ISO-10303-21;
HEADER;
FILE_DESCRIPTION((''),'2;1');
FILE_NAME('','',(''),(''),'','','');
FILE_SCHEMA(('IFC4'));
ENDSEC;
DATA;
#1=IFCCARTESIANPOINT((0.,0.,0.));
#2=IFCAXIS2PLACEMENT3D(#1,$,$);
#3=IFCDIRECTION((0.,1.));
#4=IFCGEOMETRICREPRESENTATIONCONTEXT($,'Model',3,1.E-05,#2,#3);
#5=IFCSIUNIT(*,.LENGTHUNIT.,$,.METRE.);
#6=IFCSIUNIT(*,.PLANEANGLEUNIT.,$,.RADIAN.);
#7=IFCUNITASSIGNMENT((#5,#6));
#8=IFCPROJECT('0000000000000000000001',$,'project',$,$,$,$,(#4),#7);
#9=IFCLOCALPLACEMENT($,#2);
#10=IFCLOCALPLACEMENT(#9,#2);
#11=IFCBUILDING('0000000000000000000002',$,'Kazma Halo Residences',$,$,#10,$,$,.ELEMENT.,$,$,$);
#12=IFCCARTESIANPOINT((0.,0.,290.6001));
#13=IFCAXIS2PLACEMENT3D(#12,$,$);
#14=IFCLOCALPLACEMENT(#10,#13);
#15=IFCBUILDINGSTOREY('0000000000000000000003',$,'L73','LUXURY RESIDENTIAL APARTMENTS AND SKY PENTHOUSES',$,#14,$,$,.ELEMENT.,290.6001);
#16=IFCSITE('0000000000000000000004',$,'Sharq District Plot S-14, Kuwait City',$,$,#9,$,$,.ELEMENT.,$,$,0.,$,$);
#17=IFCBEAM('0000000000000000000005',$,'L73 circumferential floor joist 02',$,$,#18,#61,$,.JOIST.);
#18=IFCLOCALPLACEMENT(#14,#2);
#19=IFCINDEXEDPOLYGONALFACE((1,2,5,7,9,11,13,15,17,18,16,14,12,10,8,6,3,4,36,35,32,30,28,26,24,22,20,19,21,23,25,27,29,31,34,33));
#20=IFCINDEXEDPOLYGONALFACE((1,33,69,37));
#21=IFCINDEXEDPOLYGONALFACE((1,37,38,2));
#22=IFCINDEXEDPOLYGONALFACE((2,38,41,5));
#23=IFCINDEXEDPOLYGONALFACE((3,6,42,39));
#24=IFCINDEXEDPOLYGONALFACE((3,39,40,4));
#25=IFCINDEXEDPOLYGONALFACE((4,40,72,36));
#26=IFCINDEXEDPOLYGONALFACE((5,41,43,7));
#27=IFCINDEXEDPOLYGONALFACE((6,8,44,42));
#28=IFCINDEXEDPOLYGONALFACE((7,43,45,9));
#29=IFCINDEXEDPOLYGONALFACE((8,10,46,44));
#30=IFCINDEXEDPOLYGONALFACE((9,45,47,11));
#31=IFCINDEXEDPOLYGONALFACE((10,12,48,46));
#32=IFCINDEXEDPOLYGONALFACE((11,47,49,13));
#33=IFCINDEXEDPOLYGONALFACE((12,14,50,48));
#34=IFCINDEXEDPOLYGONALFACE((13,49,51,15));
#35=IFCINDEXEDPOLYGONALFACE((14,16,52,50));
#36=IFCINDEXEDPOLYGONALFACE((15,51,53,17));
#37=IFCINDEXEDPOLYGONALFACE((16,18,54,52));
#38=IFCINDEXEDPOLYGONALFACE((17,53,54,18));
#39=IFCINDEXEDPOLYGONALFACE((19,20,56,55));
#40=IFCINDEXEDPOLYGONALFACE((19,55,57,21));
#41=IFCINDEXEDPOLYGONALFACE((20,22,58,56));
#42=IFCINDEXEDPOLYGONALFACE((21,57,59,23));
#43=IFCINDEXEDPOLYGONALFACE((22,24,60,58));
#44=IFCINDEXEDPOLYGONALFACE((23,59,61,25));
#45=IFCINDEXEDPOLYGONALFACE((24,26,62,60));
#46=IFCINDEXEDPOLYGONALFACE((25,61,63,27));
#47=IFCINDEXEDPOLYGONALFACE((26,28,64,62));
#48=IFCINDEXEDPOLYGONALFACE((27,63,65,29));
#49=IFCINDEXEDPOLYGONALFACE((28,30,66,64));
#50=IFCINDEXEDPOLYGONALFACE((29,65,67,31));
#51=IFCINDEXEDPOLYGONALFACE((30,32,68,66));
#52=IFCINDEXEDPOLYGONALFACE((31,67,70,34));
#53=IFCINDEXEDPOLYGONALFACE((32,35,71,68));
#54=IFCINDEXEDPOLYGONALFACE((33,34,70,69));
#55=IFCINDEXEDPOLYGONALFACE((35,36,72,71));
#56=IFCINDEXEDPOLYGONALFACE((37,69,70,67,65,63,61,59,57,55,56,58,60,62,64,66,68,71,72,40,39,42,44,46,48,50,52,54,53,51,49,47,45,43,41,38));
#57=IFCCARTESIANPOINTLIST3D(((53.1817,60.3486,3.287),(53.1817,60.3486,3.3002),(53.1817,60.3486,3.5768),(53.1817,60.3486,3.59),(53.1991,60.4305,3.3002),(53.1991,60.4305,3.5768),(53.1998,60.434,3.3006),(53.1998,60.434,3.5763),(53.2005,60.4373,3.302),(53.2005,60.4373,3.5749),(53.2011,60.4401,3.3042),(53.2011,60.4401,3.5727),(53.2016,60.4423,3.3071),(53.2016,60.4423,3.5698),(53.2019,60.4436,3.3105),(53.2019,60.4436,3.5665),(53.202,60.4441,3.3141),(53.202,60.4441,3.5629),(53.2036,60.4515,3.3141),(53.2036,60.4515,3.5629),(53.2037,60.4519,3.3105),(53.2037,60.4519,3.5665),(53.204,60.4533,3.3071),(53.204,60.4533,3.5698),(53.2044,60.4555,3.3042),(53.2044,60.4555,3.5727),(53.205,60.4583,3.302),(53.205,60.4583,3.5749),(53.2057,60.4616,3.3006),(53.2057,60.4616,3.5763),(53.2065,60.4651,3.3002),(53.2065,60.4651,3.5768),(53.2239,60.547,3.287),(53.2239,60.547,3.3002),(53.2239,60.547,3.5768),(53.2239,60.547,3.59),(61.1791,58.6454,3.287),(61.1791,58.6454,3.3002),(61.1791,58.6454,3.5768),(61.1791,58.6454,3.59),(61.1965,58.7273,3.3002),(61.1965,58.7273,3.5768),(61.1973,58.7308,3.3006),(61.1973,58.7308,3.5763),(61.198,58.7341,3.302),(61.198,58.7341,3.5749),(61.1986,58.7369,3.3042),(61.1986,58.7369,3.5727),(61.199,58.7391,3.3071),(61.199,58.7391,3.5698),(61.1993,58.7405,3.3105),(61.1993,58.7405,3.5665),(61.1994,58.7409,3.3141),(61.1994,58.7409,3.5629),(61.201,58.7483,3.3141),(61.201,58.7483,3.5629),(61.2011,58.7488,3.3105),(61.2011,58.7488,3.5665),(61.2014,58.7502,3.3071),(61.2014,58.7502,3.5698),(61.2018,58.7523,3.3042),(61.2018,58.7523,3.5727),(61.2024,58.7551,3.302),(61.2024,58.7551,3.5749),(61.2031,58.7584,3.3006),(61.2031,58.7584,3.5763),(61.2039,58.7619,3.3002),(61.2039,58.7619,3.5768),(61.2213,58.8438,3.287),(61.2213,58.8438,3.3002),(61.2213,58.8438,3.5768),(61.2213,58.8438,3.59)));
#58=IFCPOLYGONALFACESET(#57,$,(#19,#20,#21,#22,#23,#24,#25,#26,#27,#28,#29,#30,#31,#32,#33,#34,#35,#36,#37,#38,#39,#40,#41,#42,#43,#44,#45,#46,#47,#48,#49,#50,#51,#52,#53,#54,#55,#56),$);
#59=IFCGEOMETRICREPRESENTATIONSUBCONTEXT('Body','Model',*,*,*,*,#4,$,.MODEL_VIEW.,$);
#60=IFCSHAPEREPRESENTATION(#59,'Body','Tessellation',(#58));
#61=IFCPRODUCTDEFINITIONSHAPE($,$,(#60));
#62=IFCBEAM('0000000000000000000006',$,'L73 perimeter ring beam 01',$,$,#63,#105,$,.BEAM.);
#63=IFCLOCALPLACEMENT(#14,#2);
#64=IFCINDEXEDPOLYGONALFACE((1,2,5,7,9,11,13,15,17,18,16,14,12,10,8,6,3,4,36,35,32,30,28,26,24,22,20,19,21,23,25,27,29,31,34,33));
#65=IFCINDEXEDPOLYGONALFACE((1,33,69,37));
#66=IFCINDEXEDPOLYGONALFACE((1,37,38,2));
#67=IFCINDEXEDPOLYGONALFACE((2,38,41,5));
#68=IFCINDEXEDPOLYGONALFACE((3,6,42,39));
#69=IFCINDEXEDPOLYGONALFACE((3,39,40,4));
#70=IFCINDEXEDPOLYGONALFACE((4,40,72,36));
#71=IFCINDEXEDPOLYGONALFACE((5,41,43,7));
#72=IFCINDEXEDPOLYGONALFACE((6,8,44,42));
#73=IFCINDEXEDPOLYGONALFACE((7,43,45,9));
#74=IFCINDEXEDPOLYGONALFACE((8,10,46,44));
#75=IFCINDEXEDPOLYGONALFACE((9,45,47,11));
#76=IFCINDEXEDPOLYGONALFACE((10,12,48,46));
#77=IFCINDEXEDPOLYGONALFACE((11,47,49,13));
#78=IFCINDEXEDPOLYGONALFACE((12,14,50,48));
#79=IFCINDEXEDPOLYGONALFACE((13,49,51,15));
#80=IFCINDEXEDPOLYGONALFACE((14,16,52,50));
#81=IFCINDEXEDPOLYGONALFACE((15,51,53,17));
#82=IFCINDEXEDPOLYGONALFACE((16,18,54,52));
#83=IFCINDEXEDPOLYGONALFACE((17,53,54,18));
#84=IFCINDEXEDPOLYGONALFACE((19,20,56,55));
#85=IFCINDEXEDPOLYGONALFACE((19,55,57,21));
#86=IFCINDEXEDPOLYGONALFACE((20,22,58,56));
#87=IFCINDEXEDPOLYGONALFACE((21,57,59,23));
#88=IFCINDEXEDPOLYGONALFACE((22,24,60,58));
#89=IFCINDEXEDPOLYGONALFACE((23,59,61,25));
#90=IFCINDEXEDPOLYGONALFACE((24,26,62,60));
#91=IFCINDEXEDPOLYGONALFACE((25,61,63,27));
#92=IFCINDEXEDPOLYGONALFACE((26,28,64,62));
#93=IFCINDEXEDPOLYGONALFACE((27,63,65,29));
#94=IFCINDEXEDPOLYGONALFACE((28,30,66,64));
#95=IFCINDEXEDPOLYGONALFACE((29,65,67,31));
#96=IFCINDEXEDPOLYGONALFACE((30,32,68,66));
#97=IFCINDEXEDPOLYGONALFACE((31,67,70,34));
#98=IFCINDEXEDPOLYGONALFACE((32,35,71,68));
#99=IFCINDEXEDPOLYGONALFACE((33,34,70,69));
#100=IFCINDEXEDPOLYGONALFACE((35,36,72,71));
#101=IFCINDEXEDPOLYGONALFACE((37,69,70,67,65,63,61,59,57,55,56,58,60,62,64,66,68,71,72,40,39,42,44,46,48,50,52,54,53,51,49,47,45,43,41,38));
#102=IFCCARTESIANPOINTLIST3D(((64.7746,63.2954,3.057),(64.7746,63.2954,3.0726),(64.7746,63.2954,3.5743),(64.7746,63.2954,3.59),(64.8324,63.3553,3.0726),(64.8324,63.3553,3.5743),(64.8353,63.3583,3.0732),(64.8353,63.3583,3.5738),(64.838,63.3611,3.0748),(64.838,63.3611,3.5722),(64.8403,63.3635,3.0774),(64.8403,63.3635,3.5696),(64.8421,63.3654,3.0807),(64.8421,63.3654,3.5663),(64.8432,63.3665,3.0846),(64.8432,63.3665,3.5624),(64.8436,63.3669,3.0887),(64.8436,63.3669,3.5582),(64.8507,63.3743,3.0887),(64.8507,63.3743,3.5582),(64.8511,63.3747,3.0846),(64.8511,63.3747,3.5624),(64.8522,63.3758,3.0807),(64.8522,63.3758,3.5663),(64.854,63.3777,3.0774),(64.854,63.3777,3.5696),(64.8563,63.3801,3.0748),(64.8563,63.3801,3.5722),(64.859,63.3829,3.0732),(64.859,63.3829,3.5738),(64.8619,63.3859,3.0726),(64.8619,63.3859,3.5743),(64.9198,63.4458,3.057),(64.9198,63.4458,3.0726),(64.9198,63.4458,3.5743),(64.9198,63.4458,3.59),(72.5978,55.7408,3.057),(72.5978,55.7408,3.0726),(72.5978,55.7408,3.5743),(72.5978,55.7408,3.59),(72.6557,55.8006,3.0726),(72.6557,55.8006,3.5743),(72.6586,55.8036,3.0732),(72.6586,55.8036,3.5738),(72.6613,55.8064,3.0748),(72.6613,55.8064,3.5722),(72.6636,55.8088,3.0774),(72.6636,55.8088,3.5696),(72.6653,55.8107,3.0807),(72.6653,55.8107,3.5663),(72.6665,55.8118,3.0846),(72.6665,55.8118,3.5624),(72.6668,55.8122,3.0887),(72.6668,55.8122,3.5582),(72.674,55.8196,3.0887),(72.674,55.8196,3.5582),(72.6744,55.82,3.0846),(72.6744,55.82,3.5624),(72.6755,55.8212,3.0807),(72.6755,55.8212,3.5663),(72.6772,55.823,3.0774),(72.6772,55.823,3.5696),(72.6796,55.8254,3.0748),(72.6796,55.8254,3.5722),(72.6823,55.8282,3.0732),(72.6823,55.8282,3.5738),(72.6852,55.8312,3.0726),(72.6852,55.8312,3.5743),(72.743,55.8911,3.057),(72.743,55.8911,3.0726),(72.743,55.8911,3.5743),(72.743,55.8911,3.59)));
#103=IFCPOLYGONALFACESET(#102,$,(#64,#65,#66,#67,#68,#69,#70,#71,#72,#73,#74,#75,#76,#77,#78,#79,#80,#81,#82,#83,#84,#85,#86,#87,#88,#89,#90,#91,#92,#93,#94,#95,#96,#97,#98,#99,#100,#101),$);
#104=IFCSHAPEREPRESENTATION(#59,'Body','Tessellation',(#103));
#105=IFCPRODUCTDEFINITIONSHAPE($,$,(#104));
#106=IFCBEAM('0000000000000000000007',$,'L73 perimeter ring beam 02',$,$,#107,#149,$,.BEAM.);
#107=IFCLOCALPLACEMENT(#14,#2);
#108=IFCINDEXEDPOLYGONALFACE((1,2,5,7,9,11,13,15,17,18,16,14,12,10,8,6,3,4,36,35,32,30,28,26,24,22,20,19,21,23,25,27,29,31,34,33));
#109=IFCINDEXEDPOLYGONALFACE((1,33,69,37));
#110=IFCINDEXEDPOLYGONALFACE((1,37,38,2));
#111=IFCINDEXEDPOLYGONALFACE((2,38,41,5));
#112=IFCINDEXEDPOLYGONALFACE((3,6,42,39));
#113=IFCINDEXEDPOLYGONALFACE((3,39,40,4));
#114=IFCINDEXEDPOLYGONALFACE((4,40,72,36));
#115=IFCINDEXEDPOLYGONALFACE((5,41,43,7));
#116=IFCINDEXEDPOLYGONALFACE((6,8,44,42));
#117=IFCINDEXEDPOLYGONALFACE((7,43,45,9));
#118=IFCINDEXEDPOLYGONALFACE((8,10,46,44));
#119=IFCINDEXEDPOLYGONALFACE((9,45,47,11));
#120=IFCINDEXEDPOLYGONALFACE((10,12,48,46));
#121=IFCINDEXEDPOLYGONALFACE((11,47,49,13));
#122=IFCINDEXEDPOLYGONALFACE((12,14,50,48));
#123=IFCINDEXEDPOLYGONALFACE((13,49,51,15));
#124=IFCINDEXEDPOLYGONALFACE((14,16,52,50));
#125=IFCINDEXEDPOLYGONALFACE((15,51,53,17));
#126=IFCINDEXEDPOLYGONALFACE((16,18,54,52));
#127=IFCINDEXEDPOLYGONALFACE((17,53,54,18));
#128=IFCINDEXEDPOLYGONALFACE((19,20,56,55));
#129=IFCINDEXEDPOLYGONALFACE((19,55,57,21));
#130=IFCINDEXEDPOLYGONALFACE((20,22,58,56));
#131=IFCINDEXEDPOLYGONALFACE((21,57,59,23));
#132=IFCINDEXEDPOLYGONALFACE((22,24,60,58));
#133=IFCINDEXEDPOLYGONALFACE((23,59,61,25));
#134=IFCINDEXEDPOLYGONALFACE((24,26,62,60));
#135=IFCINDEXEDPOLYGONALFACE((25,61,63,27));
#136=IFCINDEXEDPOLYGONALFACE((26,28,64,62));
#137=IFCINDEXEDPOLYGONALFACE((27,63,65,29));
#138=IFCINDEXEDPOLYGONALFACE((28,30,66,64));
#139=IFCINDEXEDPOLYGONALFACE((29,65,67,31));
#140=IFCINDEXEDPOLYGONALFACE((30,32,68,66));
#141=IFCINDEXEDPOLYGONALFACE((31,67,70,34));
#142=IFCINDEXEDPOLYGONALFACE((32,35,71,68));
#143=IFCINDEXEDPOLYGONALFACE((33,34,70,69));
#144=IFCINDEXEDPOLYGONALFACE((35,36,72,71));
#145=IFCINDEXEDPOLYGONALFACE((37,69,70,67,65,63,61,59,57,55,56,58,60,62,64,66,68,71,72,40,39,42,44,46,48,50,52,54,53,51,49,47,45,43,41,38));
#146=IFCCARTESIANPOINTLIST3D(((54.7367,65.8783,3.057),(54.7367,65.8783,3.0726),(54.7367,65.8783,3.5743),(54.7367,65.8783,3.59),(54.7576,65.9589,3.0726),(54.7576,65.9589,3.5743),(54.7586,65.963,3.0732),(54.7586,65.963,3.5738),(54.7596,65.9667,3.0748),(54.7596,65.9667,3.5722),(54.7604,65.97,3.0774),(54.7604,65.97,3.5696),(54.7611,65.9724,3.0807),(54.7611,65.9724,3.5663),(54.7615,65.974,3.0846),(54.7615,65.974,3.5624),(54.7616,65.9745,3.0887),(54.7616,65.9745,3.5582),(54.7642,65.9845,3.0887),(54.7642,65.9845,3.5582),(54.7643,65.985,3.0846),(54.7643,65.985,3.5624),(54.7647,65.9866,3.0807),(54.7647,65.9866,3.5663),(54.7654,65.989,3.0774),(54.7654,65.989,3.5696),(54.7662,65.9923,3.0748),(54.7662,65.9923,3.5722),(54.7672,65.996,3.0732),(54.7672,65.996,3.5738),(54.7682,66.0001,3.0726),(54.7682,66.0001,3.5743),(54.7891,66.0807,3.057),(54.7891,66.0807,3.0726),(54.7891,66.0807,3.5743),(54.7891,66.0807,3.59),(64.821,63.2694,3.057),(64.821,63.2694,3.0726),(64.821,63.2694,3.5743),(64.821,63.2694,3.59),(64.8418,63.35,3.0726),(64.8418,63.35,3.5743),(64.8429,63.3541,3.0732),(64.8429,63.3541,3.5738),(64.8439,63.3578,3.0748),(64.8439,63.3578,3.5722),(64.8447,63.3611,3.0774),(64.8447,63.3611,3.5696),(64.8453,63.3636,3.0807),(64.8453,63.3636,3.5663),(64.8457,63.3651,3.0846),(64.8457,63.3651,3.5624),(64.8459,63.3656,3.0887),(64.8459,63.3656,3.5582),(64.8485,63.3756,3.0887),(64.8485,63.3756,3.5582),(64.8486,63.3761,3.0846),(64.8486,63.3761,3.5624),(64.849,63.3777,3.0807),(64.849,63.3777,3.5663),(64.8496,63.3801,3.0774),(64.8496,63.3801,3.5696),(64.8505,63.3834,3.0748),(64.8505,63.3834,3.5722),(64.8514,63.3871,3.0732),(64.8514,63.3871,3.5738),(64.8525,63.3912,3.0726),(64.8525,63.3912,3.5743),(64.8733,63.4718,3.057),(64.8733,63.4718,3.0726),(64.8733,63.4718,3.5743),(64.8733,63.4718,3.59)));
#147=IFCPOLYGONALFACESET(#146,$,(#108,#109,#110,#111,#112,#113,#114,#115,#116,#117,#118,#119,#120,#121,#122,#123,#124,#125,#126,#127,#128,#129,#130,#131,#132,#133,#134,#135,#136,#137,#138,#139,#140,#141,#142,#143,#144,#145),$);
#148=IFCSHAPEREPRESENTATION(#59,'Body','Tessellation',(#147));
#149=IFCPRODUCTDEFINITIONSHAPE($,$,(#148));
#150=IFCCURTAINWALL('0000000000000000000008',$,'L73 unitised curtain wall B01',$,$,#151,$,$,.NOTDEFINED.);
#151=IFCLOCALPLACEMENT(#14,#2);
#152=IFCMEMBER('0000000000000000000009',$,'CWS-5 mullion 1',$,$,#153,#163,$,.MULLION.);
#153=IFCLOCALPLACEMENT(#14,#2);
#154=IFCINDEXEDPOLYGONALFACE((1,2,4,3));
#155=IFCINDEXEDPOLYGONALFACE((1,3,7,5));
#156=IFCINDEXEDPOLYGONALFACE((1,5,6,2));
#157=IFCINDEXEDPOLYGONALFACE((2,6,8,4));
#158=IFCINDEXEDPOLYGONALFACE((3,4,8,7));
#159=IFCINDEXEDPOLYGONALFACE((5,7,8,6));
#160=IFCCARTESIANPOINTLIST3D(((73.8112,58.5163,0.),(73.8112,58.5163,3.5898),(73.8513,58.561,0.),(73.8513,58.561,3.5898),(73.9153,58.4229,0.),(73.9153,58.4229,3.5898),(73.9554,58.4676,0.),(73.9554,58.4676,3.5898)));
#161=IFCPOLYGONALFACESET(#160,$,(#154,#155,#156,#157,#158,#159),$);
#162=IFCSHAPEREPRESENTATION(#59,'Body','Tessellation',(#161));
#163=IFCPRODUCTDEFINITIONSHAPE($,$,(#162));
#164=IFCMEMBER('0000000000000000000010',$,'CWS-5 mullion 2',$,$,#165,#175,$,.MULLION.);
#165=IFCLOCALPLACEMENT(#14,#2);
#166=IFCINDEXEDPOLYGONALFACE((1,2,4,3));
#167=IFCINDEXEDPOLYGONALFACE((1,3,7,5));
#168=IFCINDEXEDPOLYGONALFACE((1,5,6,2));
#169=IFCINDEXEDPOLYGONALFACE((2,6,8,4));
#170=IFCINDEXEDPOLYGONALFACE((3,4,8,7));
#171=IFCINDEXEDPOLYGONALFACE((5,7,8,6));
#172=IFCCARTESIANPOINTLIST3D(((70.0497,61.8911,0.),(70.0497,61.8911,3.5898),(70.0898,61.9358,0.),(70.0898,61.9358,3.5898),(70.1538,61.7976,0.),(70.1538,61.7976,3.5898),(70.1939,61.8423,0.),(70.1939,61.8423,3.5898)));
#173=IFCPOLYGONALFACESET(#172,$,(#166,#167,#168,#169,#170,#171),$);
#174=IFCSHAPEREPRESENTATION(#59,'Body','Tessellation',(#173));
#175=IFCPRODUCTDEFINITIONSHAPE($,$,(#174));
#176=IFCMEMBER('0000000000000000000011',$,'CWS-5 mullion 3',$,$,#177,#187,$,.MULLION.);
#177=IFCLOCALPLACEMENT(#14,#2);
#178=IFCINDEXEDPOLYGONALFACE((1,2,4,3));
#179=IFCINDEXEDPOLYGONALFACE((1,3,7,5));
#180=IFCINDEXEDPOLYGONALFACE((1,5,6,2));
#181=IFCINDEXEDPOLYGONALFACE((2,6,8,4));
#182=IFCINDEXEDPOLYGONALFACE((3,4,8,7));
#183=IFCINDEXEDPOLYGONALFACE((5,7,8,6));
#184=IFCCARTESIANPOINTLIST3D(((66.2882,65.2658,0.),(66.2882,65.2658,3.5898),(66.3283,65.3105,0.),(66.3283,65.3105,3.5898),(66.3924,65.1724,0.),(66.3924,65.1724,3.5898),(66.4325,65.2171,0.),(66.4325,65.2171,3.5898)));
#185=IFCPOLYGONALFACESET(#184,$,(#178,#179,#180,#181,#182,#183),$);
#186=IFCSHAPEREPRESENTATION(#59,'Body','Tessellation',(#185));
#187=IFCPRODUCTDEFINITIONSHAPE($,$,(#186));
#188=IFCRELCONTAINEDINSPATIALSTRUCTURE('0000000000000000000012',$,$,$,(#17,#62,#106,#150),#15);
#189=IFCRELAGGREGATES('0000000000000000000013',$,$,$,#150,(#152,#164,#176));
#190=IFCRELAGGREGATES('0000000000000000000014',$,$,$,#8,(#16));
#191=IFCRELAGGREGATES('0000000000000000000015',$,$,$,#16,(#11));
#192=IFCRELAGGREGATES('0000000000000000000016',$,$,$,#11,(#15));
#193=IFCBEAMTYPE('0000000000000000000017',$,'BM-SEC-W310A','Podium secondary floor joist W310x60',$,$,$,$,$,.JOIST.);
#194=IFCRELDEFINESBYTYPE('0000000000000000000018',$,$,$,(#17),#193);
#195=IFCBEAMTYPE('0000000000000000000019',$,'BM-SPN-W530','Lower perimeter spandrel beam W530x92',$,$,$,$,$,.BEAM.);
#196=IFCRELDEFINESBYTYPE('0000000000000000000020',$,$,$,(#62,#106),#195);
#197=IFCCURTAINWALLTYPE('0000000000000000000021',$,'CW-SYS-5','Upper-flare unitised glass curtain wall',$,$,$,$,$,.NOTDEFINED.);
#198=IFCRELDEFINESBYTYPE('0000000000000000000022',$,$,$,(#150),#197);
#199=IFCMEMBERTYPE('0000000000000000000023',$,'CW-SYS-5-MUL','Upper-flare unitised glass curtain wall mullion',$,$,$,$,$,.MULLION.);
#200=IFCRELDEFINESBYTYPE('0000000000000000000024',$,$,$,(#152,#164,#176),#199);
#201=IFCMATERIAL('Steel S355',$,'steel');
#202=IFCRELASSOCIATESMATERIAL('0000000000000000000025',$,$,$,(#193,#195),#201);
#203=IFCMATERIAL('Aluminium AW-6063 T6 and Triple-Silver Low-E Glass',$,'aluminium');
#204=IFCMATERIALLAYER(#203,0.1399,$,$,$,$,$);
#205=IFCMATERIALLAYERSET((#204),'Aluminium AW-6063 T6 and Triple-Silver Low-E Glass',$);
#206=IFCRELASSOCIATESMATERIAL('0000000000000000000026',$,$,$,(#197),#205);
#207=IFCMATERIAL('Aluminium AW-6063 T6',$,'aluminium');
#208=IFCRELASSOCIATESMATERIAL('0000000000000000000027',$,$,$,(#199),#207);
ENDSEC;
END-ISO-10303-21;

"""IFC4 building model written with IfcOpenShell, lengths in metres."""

from ifc_helpers import new_model, si_unit, direction, frame, origin, origin_2d, place, context, subcontext, project, spatial, rectangle, i_section, extrude, material, layer, layer_set, material_profile, profile_set, type_object, element, aggregate, save


model = new_model("IFC4")

# Units and contexts
model_context = context("Model", 3, precision=1e-05, world=origin(), true_north=direction((0.0, 1.0)))
body_context = subcontext(model_context, "Body", "Model", "MODEL_VIEW")
ifc_project = project(units=[si_unit("LENGTHUNIT", "METRE"), si_unit("PLANEANGLEUNIT", "RADIAN")], contexts=[model_context])

# Site, building, storey
site_placement = place(None, origin())
site = spatial("IfcSite", under=ifc_project, at=site_placement, Name="Sharq District Plot S-14, Kuwait City", CompositionType="ELEMENT", RefElevation=0.0)
building_placement = place(site_placement, origin())
building = spatial("IfcBuilding", under=site, at=building_placement, Name="Kazma Halo Residences", CompositionType="ELEMENT")
storey_placement = place(building_placement, frame((0.0, 0.0, 290.6001)))
storey = spatial("IfcBuildingStorey", under=building, at=storey_placement, Name="L73", Description="LUXURY RESIDENTIAL APARTMENTS AND SKY PENTHOUSES", CompositionType="ELEMENT", Elevation=290.6001)

# Beams
ifc_material_1 = material(Name="Steel S355", Category="steel")
ifc_material_profile_1 = material_profile(ifc_material_1, i_section(OverallWidth=0.2029, OverallDepth=0.303, WebThickness=0.0076, FlangeThickness=0.0132, FilletRadius=0.0139, at=origin_2d()), Name="W310x60")
ifc_profile_set_1 = profile_set([ifc_material_profile_1], Name="Steel S355")
beam_type_1 = type_object("IfcBeamType", Name="BM-SEC-W310A", Description="Podium secondary floor joist W310x60", PredefinedType="JOIST", material=ifc_profile_set_1)
beam_1_placement = place(storey_placement, frame((61.2002, 58.7446, 3.4385), z_axis=(-0.978067, 0.208291, 0.0), x_axis=(-0.208291, -0.978067, 0.0)))
element("IfcBeam", 1, at=beam_1_placement, inside=storey, type_object=beam_type_1, Name="L73 circumferential floor joist 02", PredefinedType="JOIST", context=body_context, shape_type="SweptSolid", body=[
    extrude(i_section(OverallWidth=0.2029, OverallDepth=0.303, WebThickness=0.0076, FlangeThickness=0.0132, FilletRadius=0.0139, at=origin_2d()), origin(), (0.0, 0.0, 1.0), 8.1768),
])
ifc_material_profile_2 = material_profile(ifc_material_1, i_section(OverallWidth=0.209, OverallDepth=0.533, WebThickness=0.0103, FlangeThickness=0.0156, FilletRadius=0.0161, at=origin_2d()), Name="W530x92")
ifc_profile_set_2 = profile_set([ifc_material_profile_2], Name="Steel S355")
beam_type_2 = type_object("IfcBeamType", Name="BM-SPN-W530", Description="Lower perimeter spandrel beam W530x92", PredefinedType="BEAM", material=ifc_profile_set_2)
beam_2_placement = place(storey_placement, frame((72.6704, 55.8159, 3.3235), z_axis=(-0.719346, 0.694652, 0.0), x_axis=(-0.694652, -0.719346, 0.0)))
element("IfcBeam", 2, at=beam_2_placement, inside=storey, type_object=beam_type_2, Name="L73 perimeter ring beam 01", PredefinedType="BEAM", context=body_context, shape_type="SweptSolid", body=[
    extrude(i_section(OverallWidth=0.209, OverallDepth=0.533, WebThickness=0.0103, FlangeThickness=0.0156, FilletRadius=0.0161, at=origin_2d()), origin(), (0.0, 0.0, 1.0), 10.8755),
])
beam_3_placement = place(storey_placement, frame((64.8472, 63.3706, 3.3235), z_axis=(-0.968126, 0.250464, 0.0), x_axis=(-0.250464, -0.968126, 0.0)))
element("IfcBeam", 3, at=beam_3_placement, inside=storey, type_object=beam_type_2, Name="L73 perimeter ring beam 02", PredefinedType="BEAM", context=body_context, shape_type="SweptSolid", body=[
    extrude(i_section(OverallWidth=0.209, OverallDepth=0.533, WebThickness=0.0103, FlangeThickness=0.0156, FilletRadius=0.0161, at=origin_2d()), origin(), (0.0, 0.0, 1.0), 10.4163),
])

# Curtain wall, members
ifc_material_2 = material(Name="Aluminium AW-6063 T6 and Triple-Silver Low-E Glass", Category="aluminium")
ifc_layer_1 = layer(ifc_material_2, 0.1399)
ifc_layer_set_1 = layer_set([ifc_layer_1], Name="Aluminium AW-6063 T6 and Triple-Silver Low-E Glass")
curtain_wall_type = type_object("IfcCurtainWallType", Name="CW-SYS-5", Description="Upper-flare unitised glass curtain wall", PredefinedType="NOTDEFINED", material=ifc_layer_set_1)
curtain_wall_1_placement = place(storey_placement, origin())
curtain_wall_1 = element("IfcCurtainWall", 4, at=curtain_wall_1_placement, inside=storey, type_object=curtain_wall_type, Name="L73 unitised curtain wall B01", PredefinedType="NOTDEFINED")
ifc_material_3 = material(Name="Aluminium AW-6063 T6", Category="aluminium")
ifc_material_profile_3 = material_profile(ifc_material_3, rectangle(XDim=0.0601, YDim=0.1399, at=origin_2d()), Name="CWM-60x140")
ifc_profile_set_3 = profile_set([ifc_material_profile_3], Name="Aluminium AW-6063 T6")
member_type_1 = type_object("IfcMemberType", Name="CW-SYS-5-MUL", Description="Upper-flare unitised glass curtain wall mullion", PredefinedType="MULLION", material=ifc_profile_set_3)
member_1_placement = place(storey_placement, frame((73.8833, 58.4919, 0.0), z_axis=(0.0, 0.0, 1.0), x_axis=(-0.667805, -0.744336, 0.0)))
member_1 = element("IfcMember", 5, at=member_1_placement, type_object=member_type_1, Name="CWS-5 mullion 1", PredefinedType="MULLION", context=body_context, shape_type="SweptSolid", body=[
    extrude(rectangle(XDim=0.0601, YDim=0.1399, at=origin_2d()), origin(), (0.0, 0.0, 1.0), 3.5898),
])
member_2_placement = place(storey_placement, frame((70.1218, 61.8667, 0.0), z_axis=(0.0, 0.0, 1.0), x_axis=(-0.667805, -0.744336, 0.0)))
member_2 = element("IfcMember", 6, at=member_2_placement, type_object=member_type_1, Name="CWS-5 mullion 2", PredefinedType="MULLION", context=body_context, shape_type="SweptSolid", body=[
    extrude(rectangle(XDim=0.0601, YDim=0.1399, at=origin_2d()), origin(), (0.0, 0.0, 1.0), 3.5898),
])
member_3_placement = place(storey_placement, frame((66.3604, 65.2415, 0.0), z_axis=(0.0, 0.0, 1.0), x_axis=(-0.667805, -0.744336, 0.0)))
member_3 = element("IfcMember", 7, at=member_3_placement, type_object=member_type_1, Name="CWS-5 mullion 3", PredefinedType="MULLION", context=body_context, shape_type="SweptSolid", body=[
    extrude(rectangle(XDim=0.0601, YDim=0.1399, at=origin_2d()), origin(), (0.0, 0.0, 1.0), 3.5898),
])

aggregate(curtain_wall_1, [member_1, member_2, member_3])

save(model, "model.ifc")
